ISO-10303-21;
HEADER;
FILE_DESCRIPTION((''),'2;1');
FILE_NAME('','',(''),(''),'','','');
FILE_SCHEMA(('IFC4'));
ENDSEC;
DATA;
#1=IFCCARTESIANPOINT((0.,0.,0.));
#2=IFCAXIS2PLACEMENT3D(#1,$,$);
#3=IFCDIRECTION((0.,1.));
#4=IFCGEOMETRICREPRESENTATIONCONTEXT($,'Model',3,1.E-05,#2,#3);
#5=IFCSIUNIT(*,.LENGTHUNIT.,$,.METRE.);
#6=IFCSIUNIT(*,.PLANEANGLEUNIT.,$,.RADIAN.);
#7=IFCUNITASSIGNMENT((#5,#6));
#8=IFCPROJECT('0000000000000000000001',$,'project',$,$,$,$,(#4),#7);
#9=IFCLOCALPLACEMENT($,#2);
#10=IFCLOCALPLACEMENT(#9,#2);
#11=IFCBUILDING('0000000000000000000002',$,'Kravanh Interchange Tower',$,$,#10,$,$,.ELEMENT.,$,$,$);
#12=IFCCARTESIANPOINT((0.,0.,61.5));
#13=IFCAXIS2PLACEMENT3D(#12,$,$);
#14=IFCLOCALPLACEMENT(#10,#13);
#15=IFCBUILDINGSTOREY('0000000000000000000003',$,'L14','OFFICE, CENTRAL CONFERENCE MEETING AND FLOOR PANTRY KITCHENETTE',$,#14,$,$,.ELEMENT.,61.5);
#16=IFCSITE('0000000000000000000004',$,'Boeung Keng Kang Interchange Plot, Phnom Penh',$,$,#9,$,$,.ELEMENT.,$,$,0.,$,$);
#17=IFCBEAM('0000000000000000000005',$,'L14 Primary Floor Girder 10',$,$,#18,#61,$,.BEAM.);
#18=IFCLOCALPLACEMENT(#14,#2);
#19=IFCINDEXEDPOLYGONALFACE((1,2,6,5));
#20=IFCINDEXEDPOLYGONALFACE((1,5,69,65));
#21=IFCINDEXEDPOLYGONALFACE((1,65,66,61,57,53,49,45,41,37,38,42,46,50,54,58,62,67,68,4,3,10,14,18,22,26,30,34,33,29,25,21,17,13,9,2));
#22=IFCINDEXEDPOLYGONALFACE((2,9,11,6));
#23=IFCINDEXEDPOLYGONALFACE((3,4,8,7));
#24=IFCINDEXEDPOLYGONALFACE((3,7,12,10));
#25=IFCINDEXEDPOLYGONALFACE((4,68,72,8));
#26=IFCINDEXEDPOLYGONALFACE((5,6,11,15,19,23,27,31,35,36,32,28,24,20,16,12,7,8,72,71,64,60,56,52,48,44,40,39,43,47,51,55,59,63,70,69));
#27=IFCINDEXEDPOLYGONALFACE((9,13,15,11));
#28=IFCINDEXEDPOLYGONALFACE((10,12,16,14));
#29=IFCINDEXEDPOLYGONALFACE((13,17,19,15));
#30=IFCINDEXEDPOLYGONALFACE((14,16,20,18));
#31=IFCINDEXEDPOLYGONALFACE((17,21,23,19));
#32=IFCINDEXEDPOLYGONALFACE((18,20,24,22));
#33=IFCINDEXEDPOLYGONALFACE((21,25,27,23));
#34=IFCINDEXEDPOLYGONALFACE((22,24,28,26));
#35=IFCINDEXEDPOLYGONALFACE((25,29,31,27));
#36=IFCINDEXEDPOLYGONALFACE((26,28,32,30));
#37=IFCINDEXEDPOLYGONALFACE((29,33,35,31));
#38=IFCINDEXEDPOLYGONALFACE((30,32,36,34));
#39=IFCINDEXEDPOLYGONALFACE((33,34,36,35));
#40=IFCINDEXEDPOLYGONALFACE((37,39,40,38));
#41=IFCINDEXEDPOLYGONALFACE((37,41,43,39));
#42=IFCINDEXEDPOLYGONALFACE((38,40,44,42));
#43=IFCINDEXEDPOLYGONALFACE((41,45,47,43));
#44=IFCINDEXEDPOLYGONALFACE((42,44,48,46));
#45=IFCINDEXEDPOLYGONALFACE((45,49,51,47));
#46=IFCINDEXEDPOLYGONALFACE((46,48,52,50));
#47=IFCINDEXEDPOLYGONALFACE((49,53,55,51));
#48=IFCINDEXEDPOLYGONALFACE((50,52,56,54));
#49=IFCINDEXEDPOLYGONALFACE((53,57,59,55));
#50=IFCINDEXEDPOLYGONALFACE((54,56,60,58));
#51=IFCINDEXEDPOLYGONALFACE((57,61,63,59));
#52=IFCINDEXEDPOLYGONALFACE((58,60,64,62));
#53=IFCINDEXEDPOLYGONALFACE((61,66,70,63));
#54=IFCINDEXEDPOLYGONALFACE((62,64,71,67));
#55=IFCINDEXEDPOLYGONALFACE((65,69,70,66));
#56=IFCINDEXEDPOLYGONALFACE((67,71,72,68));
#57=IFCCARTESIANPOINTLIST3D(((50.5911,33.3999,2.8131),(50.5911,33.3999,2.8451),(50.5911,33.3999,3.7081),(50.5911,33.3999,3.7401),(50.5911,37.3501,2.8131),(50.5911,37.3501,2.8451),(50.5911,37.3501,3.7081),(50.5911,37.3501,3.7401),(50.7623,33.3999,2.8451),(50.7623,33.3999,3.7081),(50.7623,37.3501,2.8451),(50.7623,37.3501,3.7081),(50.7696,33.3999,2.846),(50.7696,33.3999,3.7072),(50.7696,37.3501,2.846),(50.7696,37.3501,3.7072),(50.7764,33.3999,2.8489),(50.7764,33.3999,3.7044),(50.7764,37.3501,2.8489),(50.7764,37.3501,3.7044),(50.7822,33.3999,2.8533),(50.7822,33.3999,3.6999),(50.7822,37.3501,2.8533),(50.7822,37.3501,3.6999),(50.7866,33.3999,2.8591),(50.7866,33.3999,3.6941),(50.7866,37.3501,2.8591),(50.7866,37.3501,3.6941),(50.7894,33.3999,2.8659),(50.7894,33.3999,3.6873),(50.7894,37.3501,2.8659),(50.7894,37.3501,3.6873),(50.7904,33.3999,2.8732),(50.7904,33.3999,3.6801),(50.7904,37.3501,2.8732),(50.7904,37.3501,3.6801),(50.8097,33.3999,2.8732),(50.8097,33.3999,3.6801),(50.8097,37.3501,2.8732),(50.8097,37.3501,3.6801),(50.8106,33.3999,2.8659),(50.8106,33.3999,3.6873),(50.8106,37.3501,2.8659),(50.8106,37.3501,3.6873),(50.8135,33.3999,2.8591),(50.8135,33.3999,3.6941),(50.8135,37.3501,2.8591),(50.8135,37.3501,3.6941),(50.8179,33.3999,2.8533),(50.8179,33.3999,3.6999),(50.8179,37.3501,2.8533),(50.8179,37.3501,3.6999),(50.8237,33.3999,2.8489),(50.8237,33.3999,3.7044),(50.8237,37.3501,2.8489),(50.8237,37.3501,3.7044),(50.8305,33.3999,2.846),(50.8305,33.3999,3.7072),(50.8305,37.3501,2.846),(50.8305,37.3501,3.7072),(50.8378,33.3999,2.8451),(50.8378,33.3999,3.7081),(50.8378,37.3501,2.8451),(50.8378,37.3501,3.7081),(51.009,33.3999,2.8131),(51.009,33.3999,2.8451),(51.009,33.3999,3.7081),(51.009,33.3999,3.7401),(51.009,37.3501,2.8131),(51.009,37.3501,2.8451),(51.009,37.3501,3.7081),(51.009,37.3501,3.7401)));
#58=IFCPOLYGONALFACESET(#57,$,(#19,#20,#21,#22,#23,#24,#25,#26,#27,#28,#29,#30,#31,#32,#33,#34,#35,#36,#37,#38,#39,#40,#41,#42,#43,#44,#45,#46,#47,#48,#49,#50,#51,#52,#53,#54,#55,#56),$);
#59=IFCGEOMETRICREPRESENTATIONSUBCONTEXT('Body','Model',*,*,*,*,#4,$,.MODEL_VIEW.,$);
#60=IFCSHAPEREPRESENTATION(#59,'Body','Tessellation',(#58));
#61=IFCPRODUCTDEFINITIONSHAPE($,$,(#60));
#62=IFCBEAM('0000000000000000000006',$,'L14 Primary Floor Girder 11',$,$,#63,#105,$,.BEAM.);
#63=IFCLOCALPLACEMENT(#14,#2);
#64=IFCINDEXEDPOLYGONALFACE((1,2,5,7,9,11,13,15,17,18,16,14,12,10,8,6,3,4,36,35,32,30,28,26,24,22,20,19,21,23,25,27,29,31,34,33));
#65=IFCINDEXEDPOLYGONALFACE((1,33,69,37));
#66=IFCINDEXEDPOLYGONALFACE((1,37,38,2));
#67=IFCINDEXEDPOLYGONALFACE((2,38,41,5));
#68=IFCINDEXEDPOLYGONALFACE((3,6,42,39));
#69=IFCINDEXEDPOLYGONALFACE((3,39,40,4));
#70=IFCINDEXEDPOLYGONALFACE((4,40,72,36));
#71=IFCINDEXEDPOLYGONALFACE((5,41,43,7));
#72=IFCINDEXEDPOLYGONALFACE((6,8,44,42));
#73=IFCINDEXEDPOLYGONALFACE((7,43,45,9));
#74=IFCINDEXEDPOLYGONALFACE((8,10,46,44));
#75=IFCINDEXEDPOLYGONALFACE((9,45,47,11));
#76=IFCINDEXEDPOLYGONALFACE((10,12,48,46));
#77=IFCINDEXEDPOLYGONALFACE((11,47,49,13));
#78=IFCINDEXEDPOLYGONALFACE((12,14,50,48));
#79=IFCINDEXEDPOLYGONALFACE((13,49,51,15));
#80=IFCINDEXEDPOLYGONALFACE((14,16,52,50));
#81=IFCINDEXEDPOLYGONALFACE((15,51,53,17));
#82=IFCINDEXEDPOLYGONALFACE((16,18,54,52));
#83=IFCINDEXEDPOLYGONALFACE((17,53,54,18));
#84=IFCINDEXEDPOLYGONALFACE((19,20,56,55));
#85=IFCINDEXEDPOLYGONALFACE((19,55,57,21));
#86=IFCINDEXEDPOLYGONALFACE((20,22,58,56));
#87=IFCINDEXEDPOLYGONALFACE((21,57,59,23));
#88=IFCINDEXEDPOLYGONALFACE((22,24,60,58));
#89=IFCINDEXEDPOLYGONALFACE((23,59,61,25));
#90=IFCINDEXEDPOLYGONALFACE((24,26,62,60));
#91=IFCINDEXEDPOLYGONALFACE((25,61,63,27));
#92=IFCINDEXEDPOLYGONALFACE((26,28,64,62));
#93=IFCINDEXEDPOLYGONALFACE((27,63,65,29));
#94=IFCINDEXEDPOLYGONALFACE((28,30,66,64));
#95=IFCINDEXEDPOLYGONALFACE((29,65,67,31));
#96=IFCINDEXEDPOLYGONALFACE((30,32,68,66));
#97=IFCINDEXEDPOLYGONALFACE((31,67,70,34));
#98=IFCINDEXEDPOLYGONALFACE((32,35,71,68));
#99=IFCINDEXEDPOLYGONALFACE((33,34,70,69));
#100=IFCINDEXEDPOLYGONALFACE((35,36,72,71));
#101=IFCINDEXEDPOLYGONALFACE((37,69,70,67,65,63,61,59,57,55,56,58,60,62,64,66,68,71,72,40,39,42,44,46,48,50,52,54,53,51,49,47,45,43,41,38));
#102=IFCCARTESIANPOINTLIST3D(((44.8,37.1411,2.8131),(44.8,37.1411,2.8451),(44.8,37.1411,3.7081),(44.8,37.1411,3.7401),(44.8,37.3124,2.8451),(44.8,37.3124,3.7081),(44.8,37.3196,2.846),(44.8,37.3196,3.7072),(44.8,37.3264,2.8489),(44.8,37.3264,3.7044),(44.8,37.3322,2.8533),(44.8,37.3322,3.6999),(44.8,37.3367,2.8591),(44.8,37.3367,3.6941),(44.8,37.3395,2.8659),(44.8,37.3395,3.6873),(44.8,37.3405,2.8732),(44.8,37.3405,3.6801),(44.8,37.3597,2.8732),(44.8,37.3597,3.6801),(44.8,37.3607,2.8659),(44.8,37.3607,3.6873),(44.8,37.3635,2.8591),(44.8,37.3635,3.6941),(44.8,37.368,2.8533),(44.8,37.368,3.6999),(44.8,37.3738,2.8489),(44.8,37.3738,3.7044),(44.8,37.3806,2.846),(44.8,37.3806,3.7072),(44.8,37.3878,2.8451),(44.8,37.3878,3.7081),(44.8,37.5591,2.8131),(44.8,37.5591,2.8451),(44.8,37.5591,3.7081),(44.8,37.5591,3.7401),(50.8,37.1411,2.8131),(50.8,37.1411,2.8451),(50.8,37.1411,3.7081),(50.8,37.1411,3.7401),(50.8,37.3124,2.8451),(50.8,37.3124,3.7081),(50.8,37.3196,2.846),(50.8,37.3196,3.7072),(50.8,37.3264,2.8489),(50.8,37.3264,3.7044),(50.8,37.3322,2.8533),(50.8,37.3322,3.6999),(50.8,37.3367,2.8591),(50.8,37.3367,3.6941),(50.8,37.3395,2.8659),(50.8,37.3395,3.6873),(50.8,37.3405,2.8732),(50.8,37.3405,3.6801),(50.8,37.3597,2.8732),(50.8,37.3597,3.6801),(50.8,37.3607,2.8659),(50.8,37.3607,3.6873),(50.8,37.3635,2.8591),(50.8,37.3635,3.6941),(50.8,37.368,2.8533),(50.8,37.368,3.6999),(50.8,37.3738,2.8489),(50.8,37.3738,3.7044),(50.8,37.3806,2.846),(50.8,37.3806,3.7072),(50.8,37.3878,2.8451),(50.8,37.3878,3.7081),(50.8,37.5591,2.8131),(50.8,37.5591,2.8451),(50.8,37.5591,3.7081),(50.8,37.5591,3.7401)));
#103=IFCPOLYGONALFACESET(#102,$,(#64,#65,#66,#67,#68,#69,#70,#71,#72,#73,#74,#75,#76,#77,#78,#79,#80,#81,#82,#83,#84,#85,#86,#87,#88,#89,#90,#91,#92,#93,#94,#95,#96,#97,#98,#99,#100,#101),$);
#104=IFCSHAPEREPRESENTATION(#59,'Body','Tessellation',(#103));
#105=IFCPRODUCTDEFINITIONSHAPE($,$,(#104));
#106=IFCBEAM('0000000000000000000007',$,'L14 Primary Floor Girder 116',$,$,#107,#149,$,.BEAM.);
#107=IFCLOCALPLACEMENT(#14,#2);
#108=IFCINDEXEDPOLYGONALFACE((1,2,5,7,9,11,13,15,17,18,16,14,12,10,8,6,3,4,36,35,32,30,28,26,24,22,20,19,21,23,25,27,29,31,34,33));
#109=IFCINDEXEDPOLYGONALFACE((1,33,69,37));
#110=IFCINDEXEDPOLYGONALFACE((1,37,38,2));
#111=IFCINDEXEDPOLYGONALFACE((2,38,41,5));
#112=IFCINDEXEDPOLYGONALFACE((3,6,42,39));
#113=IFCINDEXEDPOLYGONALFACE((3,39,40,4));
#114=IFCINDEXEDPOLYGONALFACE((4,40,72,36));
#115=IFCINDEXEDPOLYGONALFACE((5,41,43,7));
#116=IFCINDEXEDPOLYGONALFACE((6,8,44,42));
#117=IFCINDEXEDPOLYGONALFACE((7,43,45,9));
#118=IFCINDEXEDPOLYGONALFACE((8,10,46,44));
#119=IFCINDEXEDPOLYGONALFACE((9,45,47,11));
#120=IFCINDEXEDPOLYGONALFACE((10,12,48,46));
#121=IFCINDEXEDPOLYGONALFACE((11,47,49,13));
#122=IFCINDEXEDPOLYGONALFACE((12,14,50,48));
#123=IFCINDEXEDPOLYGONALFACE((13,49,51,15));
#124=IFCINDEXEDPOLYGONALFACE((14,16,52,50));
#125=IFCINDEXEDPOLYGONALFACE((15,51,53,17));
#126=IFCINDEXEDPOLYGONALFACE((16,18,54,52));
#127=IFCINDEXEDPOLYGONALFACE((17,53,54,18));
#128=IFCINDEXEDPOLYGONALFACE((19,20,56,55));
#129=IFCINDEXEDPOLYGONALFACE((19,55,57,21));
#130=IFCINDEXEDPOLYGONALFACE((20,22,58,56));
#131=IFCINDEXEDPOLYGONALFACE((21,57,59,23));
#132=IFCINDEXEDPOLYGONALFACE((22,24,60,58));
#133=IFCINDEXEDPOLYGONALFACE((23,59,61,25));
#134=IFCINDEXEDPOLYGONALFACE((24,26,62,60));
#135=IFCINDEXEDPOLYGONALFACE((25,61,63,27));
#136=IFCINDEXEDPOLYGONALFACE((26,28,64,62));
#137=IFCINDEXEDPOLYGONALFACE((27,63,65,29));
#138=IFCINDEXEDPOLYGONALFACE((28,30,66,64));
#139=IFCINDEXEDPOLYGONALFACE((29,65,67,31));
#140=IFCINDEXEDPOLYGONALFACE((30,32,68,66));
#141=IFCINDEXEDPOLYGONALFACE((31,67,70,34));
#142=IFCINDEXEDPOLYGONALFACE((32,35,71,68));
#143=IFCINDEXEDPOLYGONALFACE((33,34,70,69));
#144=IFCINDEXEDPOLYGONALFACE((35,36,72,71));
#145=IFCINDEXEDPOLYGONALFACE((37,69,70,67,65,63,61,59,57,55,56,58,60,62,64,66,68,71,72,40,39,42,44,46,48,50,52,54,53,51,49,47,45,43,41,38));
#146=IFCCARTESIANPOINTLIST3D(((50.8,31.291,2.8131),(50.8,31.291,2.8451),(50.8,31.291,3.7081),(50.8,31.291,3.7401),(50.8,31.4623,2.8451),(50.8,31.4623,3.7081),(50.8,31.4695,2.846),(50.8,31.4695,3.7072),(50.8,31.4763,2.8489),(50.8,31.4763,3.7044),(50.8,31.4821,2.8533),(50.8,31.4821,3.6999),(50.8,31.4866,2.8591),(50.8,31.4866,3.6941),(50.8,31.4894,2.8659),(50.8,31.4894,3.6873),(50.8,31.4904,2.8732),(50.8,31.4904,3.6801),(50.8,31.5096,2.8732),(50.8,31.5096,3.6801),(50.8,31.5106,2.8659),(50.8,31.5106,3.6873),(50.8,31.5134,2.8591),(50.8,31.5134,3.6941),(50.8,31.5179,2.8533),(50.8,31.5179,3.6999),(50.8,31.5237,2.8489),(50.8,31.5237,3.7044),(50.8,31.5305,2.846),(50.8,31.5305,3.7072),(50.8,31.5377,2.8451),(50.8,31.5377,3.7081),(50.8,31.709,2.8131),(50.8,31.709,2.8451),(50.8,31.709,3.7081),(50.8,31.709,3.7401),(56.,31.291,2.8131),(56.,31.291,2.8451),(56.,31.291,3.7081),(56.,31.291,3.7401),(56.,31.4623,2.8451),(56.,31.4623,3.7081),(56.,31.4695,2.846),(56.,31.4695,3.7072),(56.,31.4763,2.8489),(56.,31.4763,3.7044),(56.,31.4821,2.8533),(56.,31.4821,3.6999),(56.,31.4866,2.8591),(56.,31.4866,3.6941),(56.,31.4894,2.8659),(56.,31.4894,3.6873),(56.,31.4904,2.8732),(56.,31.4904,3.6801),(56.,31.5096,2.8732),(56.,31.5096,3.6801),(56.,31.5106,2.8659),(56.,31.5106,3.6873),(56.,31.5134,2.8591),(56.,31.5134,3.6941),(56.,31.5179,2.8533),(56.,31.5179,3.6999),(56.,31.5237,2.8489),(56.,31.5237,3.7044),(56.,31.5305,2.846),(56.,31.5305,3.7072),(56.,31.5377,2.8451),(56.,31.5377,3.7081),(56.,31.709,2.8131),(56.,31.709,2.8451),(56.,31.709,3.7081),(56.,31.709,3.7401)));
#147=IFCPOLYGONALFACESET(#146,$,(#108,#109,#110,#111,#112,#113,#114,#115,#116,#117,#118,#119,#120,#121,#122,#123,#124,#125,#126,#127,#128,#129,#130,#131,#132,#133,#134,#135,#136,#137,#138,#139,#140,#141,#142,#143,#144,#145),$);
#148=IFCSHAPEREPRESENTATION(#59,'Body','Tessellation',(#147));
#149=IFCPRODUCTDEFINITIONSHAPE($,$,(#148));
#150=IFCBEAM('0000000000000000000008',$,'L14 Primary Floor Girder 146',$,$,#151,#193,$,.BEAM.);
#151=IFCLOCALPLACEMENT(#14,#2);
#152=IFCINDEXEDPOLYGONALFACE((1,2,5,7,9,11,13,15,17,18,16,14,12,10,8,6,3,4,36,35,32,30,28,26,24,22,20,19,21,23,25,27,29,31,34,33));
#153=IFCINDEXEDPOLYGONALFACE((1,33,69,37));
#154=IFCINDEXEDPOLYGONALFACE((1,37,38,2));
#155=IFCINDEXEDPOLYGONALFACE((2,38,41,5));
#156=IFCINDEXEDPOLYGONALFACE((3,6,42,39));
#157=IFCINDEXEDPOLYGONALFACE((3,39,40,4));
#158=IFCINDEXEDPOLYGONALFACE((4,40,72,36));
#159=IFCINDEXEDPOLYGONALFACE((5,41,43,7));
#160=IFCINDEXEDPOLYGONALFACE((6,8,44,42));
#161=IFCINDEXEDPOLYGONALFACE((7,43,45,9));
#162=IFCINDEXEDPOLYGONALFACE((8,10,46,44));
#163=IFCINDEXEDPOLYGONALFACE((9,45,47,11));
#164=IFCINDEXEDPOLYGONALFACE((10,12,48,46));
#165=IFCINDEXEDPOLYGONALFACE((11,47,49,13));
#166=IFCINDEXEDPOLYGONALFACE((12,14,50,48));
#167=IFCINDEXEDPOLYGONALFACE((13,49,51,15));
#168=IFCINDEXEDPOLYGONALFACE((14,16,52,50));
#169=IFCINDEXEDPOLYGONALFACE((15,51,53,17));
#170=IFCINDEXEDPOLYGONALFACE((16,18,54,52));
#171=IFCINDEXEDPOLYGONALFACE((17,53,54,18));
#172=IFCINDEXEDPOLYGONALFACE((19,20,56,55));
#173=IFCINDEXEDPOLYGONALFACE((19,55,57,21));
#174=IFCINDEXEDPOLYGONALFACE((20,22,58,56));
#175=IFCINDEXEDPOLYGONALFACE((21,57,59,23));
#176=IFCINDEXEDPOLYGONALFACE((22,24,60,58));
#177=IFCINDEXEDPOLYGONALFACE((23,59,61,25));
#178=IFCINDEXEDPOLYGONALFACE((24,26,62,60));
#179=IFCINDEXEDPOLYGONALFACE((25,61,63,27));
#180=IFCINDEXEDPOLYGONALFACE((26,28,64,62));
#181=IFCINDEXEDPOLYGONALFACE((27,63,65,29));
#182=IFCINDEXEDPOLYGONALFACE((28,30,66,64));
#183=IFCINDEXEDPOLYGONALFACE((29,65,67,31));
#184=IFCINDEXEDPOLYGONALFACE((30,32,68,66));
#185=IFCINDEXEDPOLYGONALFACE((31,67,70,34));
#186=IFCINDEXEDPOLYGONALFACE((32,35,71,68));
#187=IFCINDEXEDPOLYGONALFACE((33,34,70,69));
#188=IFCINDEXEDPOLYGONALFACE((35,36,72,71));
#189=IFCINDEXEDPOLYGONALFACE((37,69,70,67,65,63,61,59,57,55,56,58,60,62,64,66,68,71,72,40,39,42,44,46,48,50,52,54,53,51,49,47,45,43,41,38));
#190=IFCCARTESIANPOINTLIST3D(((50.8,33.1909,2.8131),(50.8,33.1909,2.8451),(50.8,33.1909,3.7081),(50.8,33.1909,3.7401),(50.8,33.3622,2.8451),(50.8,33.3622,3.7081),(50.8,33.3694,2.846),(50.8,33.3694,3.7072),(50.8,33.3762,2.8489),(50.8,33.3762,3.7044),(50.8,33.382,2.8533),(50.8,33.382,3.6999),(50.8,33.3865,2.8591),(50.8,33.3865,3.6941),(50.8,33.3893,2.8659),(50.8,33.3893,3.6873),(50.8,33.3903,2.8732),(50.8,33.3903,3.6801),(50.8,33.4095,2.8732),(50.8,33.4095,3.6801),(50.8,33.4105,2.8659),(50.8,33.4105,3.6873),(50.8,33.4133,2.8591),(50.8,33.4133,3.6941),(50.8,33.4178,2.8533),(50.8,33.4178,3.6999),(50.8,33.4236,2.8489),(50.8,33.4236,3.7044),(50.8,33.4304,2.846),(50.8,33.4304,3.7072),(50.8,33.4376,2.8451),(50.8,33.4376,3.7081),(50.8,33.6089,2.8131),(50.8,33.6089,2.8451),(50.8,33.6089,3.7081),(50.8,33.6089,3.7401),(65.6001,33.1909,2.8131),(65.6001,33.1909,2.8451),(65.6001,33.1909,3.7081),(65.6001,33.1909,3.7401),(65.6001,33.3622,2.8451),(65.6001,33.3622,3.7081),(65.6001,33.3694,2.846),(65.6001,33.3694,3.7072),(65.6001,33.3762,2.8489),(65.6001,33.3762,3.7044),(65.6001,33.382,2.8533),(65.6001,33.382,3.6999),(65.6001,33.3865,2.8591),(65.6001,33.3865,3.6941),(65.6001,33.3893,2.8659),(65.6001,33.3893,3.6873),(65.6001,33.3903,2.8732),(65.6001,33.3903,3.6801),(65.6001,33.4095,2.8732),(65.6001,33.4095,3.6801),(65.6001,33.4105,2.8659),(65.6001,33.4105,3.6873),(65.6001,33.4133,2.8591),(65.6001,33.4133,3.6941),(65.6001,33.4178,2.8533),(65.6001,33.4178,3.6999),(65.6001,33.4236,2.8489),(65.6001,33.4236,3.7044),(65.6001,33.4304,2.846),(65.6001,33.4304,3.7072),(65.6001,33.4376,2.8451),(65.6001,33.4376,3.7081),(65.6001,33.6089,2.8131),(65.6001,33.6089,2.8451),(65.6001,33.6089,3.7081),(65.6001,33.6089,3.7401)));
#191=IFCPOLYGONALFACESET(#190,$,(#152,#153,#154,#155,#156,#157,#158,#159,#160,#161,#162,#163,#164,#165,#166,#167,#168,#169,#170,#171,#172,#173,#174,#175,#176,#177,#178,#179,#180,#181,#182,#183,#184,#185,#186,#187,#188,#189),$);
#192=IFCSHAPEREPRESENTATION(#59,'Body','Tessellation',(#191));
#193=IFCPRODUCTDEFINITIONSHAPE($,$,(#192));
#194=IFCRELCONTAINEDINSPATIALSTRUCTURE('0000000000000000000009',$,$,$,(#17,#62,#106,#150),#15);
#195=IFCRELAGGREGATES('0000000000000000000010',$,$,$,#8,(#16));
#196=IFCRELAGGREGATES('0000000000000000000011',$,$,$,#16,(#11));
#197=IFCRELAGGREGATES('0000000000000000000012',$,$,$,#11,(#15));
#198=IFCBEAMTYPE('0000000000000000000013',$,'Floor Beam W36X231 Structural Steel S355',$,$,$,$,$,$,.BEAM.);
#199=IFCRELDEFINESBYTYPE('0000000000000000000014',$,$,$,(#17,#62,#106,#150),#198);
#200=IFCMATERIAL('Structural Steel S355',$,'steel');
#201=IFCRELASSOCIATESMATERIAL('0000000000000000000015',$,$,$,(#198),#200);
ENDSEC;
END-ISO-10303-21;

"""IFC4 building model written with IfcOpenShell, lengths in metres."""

from ifc_helpers import new_model, si_unit, direction, frame, origin, origin_2d, place, context, subcontext, project, spatial, i_section, extrude, material, material_profile, profile_set, type_object, element, save


model = new_model("IFC4")

# Units and contexts
model_context = context("Model", 3, precision=1e-05, world=origin(), true_north=direction((0.0, 1.0)))
body_context = subcontext(model_context, "Body", "Model", "MODEL_VIEW")
ifc_project = project(units=[si_unit("LENGTHUNIT", "METRE"), si_unit("PLANEANGLEUNIT", "RADIAN")], contexts=[model_context])

# Site, building, storey
site_placement = place(None, origin())
site = spatial("IfcSite", under=ifc_project, at=site_placement, Name="Boeung Keng Kang Interchange Plot, Phnom Penh", CompositionType="ELEMENT", RefElevation=0.0)
building_placement = place(site_placement, origin())
building = spatial("IfcBuilding", under=site, at=building_placement, Name="Kravanh Interchange Tower", CompositionType="ELEMENT")
storey_placement = place(building_placement, frame((0.0, 0.0, 61.5)))
storey = spatial("IfcBuildingStorey", under=building, at=storey_placement, Name="L14", Description="OFFICE, CENTRAL CONFERENCE MEETING AND FLOOR PANTRY KITCHENETTE", CompositionType="ELEMENT", Elevation=61.5)

# Beams
ifc_material_1 = material(Name="Structural Steel S355", Category="steel")
ifc_material_profile_1 = material_profile(ifc_material_1, i_section(OverallWidth=0.418, OverallDepth=0.927, WebThickness=0.0193, FlangeThickness=0.032, FilletRadius=0.0281, at=origin_2d()), Name="W36X231")
ifc_profile_set_1 = profile_set([ifc_material_profile_1], Name="Structural Steel S355")
beam_type_1 = type_object("IfcBeamType", Name="Floor Beam W36X231 Structural Steel S355", PredefinedType="BEAM", material=ifc_profile_set_1)
beam_1_placement = place(storey_placement, frame((50.8, 37.3501, 3.2766), z_axis=(0.0, -1.0, 0.0), x_axis=(1.0, 0.0, 0.0)))
element("IfcBeam", 1, at=beam_1_placement, inside=storey, type_object=beam_type_1, Name="L14 Primary Floor Girder 10", PredefinedType="BEAM", context=body_context, shape_type="SweptSolid", body=[
    extrude(i_section(OverallWidth=0.418, OverallDepth=0.927, WebThickness=0.0193, FlangeThickness=0.032, FilletRadius=0.0281, at=origin_2d()), origin(), (0.0, 0.0, 1.0), 3.9502),
])
beam_2_placement = place(storey_placement, frame((50.8, 37.3501, 3.2766), z_axis=(-1.0, 0.0, 0.0), x_axis=(0.0, -1.0, 0.0)))
element("IfcBeam", 2, at=beam_2_placement, inside=storey, type_object=beam_type_1, Name="L14 Primary Floor Girder 11", PredefinedType="BEAM", context=body_context, shape_type="SweptSolid", body=[
    extrude(i_section(OverallWidth=0.418, OverallDepth=0.927, WebThickness=0.0193, FlangeThickness=0.032, FilletRadius=0.0281, at=origin_2d()), origin(), (0.0, 0.0, 1.0), 6.0),
])
beam_3_placement = place(storey_placement, frame((50.8, 31.5, 3.2766), z_axis=(1.0, 0.0, 0.0), x_axis=(0.0, 1.0, 0.0)))
element("IfcBeam", 3, at=beam_3_placement, inside=storey, type_object=beam_type_1, Name="L14 Primary Floor Girder 116", PredefinedType="BEAM", context=body_context, shape_type="SweptSolid", body=[
    extrude(i_section(OverallWidth=0.418, OverallDepth=0.927, WebThickness=0.0193, FlangeThickness=0.032, FilletRadius=0.0281, at=origin_2d()), origin(), (0.0, 0.0, 1.0), 5.2),
])
beam_4_placement = place(storey_placement, frame((50.8, 33.3999, 3.2766), z_axis=(1.0, 0.0, 0.0), x_axis=(0.0, 1.0, 0.0)))
element("IfcBeam", 4, at=beam_4_placement, inside=storey, type_object=beam_type_1, Name="L14 Primary Floor Girder 146", PredefinedType="BEAM", context=body_context, shape_type="SweptSolid", body=[
    extrude(i_section(OverallWidth=0.418, OverallDepth=0.927, WebThickness=0.0193, FlangeThickness=0.032, FilletRadius=0.0281, at=origin_2d()), origin(), (0.0, 0.0, 1.0), 14.8),
])

save(model, "model.ifc")
